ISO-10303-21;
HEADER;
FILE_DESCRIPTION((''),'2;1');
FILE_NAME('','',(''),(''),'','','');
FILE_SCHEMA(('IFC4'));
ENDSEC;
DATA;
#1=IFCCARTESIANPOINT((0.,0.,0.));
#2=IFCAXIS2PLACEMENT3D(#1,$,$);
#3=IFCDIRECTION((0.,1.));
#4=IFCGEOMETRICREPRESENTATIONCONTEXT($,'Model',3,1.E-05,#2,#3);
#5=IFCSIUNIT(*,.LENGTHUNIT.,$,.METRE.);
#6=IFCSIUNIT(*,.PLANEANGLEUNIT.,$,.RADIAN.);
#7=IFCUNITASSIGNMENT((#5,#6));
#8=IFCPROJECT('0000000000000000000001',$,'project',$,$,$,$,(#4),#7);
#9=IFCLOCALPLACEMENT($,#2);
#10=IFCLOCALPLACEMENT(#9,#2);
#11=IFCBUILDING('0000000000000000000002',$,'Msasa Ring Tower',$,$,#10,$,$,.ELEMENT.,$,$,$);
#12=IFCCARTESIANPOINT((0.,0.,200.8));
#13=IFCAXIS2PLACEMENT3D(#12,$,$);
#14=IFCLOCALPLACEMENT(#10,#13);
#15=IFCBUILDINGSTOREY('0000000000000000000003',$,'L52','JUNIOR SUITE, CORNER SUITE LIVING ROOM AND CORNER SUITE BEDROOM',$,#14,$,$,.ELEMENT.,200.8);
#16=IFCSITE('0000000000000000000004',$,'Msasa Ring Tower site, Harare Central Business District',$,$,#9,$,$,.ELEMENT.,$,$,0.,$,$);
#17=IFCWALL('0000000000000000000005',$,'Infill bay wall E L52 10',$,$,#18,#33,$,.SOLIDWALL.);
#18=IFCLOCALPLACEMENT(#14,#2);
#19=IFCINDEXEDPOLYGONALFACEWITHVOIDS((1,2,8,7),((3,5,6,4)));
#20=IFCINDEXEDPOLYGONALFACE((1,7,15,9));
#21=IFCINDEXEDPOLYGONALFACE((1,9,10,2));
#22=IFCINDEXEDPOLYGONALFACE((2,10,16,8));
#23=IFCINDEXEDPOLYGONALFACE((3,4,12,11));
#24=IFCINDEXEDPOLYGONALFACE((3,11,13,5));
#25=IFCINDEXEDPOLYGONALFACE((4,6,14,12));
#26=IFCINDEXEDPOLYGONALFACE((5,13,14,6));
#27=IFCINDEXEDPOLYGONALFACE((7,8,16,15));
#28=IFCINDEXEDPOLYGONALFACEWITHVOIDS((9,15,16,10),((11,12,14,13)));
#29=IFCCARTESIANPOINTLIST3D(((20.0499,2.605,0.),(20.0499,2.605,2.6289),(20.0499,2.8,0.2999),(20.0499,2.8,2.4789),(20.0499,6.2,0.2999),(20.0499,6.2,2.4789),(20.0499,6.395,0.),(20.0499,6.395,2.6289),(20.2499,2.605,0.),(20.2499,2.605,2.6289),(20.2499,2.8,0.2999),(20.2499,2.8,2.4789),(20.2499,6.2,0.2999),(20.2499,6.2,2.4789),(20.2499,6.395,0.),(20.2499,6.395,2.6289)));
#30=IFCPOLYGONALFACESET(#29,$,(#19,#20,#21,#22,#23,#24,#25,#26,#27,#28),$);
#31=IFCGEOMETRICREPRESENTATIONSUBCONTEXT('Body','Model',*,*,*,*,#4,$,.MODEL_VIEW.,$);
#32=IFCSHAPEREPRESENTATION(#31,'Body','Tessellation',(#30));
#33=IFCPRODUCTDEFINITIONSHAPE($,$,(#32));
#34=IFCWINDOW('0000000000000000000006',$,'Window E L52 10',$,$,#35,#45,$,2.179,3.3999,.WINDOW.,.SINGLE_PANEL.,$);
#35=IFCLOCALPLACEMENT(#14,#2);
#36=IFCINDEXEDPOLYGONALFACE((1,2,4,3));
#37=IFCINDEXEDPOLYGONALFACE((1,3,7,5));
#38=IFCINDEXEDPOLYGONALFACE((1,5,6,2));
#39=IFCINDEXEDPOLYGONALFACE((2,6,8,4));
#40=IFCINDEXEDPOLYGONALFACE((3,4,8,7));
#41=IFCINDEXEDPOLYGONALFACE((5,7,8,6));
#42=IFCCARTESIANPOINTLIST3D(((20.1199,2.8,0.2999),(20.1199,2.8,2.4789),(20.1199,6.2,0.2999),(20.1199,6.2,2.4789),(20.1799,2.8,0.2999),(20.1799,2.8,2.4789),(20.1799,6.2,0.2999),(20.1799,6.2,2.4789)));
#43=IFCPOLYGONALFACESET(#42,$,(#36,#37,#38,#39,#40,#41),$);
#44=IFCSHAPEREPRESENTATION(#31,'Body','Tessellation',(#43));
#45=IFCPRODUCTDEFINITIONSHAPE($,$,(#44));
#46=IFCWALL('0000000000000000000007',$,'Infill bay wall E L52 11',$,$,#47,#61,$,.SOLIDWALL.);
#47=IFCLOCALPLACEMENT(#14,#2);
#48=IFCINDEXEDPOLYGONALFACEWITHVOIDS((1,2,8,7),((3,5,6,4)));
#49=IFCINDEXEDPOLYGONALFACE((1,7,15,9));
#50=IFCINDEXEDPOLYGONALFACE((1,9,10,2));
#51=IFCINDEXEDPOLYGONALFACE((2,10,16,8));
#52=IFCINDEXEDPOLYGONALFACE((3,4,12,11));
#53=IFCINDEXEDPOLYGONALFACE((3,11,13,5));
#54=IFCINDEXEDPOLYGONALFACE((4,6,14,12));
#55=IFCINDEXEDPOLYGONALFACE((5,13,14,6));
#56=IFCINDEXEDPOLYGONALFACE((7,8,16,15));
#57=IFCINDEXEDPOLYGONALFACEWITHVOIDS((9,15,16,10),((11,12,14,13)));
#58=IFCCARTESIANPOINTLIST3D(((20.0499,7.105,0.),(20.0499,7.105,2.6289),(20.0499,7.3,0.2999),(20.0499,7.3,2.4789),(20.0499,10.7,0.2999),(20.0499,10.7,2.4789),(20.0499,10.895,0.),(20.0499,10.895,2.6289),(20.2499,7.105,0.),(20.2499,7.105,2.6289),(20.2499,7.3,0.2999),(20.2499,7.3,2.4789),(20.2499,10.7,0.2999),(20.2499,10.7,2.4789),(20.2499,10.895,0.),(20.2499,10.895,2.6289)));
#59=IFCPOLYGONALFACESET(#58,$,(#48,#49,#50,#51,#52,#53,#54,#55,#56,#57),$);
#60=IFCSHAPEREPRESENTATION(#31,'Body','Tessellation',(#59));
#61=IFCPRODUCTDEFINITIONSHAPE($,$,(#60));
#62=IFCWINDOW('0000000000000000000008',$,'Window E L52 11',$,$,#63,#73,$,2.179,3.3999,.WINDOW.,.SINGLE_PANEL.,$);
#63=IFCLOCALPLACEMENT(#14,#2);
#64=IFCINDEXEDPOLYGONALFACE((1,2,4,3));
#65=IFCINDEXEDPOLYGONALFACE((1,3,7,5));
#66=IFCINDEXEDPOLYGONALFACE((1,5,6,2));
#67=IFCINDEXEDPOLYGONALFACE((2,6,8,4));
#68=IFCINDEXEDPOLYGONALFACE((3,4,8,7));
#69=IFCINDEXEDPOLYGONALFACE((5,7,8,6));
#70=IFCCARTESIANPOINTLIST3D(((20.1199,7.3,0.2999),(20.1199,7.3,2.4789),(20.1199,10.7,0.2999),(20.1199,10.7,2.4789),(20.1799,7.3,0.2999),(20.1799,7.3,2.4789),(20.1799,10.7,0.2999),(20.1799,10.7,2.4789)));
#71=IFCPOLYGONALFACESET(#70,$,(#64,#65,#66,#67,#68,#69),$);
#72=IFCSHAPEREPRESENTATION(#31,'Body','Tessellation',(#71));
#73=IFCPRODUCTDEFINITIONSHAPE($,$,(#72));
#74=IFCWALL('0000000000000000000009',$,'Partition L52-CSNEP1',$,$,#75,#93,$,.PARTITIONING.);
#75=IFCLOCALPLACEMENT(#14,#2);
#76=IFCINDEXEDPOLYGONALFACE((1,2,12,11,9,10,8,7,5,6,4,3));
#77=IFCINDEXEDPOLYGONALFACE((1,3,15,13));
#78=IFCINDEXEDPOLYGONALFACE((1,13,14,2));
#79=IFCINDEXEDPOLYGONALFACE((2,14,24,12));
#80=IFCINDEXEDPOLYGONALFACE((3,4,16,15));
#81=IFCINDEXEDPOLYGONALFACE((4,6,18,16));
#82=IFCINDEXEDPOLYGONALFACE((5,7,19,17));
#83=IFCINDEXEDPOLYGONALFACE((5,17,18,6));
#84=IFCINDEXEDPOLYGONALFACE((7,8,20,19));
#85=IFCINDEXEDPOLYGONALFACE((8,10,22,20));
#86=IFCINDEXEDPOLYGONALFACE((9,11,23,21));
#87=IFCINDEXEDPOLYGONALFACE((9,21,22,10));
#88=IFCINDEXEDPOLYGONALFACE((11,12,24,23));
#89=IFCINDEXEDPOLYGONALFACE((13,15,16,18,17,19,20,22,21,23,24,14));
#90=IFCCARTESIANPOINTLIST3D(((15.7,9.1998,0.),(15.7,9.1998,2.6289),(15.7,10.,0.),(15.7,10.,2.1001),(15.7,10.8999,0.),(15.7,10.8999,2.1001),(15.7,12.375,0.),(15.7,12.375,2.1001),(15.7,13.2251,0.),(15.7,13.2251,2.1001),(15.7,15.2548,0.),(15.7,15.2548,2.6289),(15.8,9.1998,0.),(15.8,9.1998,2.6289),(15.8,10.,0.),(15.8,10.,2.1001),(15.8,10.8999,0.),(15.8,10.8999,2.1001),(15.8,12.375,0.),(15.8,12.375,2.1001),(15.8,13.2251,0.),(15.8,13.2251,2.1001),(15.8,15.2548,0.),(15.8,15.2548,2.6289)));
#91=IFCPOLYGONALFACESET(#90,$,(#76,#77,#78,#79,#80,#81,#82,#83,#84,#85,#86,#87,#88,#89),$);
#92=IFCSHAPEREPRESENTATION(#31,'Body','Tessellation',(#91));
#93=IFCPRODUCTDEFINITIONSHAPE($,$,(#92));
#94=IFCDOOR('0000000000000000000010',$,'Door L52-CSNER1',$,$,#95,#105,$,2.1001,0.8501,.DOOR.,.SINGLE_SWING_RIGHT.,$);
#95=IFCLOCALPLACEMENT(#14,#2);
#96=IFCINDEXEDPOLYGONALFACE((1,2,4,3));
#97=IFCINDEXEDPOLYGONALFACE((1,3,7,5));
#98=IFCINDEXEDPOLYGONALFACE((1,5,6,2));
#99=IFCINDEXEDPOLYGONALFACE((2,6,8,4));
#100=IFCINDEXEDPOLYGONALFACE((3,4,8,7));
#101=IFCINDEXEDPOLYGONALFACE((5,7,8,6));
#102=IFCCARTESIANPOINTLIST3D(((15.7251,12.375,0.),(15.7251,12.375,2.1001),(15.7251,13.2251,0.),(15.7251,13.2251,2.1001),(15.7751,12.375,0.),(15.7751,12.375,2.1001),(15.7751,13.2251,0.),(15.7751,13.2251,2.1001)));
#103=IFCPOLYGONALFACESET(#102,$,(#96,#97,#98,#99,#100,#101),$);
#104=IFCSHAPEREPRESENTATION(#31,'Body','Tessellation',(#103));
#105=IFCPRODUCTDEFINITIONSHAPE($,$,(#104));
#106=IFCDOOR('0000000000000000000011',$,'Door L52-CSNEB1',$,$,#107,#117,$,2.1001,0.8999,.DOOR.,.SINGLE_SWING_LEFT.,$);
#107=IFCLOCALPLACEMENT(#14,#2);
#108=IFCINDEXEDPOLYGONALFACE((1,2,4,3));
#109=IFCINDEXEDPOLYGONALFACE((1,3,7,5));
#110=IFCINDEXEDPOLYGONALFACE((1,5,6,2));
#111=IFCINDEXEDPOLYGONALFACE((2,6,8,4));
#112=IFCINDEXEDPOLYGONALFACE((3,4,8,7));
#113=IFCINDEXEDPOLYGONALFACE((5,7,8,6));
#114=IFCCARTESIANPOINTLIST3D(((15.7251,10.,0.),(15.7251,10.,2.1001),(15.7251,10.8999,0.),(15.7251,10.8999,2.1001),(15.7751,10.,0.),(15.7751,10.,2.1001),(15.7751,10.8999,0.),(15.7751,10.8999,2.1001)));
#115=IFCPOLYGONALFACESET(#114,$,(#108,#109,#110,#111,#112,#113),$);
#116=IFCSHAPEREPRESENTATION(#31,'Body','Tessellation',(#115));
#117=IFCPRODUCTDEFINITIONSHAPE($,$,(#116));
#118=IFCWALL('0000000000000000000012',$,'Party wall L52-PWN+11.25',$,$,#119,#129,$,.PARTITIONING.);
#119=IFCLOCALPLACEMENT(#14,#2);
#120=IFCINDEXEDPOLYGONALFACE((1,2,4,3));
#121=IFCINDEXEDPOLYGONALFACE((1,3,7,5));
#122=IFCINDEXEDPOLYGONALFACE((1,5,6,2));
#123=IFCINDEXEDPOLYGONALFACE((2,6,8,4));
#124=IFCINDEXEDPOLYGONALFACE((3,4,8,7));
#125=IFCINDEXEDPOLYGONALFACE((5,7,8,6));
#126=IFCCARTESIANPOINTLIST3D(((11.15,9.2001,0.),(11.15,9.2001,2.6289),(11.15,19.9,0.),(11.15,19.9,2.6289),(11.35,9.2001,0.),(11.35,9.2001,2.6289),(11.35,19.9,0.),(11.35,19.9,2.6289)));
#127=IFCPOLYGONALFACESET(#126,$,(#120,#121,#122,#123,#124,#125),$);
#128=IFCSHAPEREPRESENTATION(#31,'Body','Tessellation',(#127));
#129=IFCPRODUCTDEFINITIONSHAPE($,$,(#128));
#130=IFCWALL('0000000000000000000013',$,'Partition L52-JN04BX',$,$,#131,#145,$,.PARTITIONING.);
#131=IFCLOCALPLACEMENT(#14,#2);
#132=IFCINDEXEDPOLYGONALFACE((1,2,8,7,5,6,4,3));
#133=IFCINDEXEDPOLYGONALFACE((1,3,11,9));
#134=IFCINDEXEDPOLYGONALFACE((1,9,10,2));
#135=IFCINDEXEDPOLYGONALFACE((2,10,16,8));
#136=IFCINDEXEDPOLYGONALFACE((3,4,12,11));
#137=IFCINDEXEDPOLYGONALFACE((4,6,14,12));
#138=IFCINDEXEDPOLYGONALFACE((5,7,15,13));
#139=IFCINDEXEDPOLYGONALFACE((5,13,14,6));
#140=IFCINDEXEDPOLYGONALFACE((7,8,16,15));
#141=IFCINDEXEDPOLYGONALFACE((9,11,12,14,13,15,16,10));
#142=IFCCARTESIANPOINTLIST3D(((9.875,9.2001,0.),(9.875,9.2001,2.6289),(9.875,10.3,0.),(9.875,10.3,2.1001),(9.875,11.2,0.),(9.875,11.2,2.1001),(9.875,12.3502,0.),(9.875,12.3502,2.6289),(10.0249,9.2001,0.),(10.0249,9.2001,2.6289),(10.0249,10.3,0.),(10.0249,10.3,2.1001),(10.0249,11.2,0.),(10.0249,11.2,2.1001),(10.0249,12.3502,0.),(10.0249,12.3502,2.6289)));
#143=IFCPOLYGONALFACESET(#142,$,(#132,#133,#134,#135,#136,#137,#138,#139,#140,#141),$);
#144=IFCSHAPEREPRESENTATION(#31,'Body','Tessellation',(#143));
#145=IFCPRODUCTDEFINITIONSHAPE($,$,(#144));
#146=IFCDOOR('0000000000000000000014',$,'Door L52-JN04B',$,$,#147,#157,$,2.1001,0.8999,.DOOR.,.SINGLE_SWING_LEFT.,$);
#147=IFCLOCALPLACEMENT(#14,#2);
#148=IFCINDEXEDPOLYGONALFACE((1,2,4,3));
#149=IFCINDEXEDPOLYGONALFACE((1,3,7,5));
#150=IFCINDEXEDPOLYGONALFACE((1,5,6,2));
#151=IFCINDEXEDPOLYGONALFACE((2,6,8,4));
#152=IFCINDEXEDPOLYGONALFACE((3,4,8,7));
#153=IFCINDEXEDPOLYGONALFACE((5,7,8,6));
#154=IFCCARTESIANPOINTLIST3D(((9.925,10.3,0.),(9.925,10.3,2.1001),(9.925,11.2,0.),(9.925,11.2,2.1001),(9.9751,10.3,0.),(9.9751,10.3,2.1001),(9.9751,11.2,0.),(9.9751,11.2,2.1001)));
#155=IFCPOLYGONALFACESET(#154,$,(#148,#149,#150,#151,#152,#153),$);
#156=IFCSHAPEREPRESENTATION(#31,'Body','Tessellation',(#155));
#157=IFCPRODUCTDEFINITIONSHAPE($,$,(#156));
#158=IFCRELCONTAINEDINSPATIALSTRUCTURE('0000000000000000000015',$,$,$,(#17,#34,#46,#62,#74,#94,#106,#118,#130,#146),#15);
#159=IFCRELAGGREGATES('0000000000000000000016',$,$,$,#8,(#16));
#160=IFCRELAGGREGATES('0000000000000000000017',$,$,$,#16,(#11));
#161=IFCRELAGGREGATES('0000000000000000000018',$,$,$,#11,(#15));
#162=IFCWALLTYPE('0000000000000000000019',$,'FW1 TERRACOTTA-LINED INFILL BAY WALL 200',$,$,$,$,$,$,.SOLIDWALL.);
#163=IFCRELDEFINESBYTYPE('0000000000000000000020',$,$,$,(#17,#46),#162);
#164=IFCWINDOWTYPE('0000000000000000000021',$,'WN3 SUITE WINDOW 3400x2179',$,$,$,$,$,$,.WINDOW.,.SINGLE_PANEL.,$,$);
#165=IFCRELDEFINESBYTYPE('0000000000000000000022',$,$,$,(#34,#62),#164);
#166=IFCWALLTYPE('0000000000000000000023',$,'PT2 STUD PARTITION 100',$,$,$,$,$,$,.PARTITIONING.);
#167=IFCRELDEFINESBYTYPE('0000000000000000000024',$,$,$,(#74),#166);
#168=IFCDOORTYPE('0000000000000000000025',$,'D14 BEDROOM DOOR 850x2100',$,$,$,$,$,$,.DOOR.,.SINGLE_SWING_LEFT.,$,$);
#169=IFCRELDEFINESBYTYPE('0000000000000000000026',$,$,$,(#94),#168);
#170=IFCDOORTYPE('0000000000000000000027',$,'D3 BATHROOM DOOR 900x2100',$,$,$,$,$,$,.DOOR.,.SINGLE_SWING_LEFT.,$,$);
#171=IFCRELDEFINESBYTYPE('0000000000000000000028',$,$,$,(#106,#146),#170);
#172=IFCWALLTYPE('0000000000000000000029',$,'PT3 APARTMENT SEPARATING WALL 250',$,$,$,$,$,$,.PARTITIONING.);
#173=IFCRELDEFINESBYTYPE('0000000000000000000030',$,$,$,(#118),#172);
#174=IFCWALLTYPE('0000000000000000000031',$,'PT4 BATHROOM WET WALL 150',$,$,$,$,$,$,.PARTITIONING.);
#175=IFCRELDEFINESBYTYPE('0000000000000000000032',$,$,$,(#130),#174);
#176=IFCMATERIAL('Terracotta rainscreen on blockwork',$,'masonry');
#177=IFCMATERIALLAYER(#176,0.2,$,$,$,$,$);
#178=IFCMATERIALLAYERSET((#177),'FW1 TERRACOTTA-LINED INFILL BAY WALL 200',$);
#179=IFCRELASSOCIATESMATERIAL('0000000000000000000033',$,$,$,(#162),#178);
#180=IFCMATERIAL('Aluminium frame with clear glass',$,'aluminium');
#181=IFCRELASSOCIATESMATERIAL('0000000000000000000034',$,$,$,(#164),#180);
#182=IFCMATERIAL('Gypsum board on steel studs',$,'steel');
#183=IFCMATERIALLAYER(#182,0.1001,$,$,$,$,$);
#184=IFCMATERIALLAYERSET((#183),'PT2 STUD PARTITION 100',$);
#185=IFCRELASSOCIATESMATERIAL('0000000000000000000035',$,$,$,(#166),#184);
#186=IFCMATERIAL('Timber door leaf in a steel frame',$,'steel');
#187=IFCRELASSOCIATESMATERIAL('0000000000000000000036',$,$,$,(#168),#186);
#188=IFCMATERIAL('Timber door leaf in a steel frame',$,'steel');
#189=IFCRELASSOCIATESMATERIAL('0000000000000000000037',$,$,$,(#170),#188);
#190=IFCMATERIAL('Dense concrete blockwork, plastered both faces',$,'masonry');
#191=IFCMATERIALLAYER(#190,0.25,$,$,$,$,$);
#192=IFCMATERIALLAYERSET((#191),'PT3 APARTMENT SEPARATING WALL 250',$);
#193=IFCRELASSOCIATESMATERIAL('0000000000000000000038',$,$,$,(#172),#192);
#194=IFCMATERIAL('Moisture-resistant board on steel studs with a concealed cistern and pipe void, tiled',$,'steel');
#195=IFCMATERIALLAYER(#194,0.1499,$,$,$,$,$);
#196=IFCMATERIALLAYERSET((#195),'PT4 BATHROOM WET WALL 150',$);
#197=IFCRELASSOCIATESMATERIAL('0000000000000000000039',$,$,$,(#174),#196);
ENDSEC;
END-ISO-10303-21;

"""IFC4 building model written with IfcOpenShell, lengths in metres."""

from ifc_helpers import new_model, si_unit, direction, frame, frame_2d, origin, place, context, subcontext, project, spatial, rectangle, extrude, material, layer, layer_set, type_object, element, fill, save


model = new_model("IFC4")

# Units and contexts
model_context = context("Model", 3, precision=1e-05, world=origin(), true_north=direction((0.0, 1.0)))
body_context = subcontext(model_context, "Body", "Model", "MODEL_VIEW")
ifc_project = project(units=[si_unit("LENGTHUNIT", "METRE"), si_unit("PLANEANGLEUNIT", "RADIAN")], contexts=[model_context])

# Site, building, storey
site_placement = place(None, origin())
site = spatial("IfcSite", under=ifc_project, at=site_placement, Name="Msasa Ring Tower site, Harare Central Business District", CompositionType="ELEMENT", RefElevation=0.0)
building_placement = place(site_placement, origin())
building = spatial("IfcBuilding", under=site, at=building_placement, Name="Msasa Ring Tower", CompositionType="ELEMENT")
storey_placement = place(building_placement, frame((0.0, 0.0, 200.8)))
storey = spatial("IfcBuildingStorey", under=building, at=storey_placement, Name="L52", Description="JUNIOR SUITE, CORNER SUITE LIVING ROOM AND CORNER SUITE BEDROOM", CompositionType="ELEMENT", Elevation=200.8)

# Walls, openings, windows
ifc_material_1 = material(Name="Terracotta rainscreen on blockwork", Category="masonry")
ifc_layer_1 = layer(ifc_material_1, 0.2)
ifc_layer_set_1 = layer_set([ifc_layer_1], Name="FW1 TERRACOTTA-LINED INFILL BAY WALL 200")
wall_type_1 = type_object("IfcWallType", Name="FW1 TERRACOTTA-LINED INFILL BAY WALL 200", PredefinedType="SOLIDWALL", material=ifc_layer_set_1)
wall_1_placement = place(storey_placement, frame((20.1499, 2.605, 0.0), z_axis=(0.0, 0.0, 1.0), x_axis=(0.0, 1.0, 0.0)))
wall_1 = element("IfcWall", 1, at=wall_1_placement, inside=storey, type_object=wall_type_1, Name="Infill bay wall E L52 10", PredefinedType="SOLIDWALL", context=body_context, shape_type="SweptSolid", body=[
    extrude(rectangle(XDim=3.79, YDim=0.2, at=frame_2d((1.895, 0.0))), origin(), (0.0, 0.0, 1.0), 2.6289),
])
opening_1_placement = place(wall_1_placement, frame((0.1951, 0.0, 0.3)))
opening_1 = element("IfcOpeningElement", 2, at=opening_1_placement, cuts=wall_1, PredefinedType="OPENING", context=body_context, shape_type="SweptSolid", body=[
    extrude(rectangle(XDim=3.3999, YDim=2.179, at=frame_2d((1.7, 1.0894))), frame((0.0, 0.1099, 0.0), z_axis=(0.0, -1.0, 0.0), x_axis=(1.0, 0.0, 0.0)), (0.0, 0.0, 1.0), 0.22),
])
ifc_material_2 = material(Name="Aluminium frame with clear glass", Category="aluminium")
window_type = type_object("IfcWindowType", Name="WN3 SUITE WINDOW 3400x2179", PartitioningType="SINGLE_PANEL", PredefinedType="WINDOW", material=ifc_material_2)
window_1_placement = place(opening_1_placement, origin())
window_1 = element("IfcWindow", 3, at=window_1_placement, inside=storey, type_object=window_type, Name="Window E L52 10", OverallHeight=2.179, OverallWidth=3.3999, PartitioningType="SINGLE_PANEL", PredefinedType="WINDOW", context=body_context, shape_type="SweptSolid", body=[
    extrude(rectangle(XDim=3.3999, YDim=2.179, at=frame_2d((1.7, 1.0894))), frame((0.0, 0.03, 0.0), z_axis=(0.0, -1.0, 0.0), x_axis=(1.0, 0.0, 0.0)), (0.0, 0.0, 1.0), 0.0601),
])
fill(opening_1, window_1)
wall_2_placement = place(storey_placement, frame((20.1499, 7.105, 0.0), z_axis=(0.0, 0.0, 1.0), x_axis=(0.0, 1.0, 0.0)))
wall_2 = element("IfcWall", 4, at=wall_2_placement, inside=storey, type_object=wall_type_1, Name="Infill bay wall E L52 11", PredefinedType="SOLIDWALL", context=body_context, shape_type="SweptSolid", body=[
    extrude(rectangle(XDim=3.79, YDim=0.2, at=frame_2d((1.895, 0.0))), origin(), (0.0, 0.0, 1.0), 2.6289),
])
opening_2_placement = place(wall_2_placement, frame((0.1951, 0.0, 0.3)))
opening_2 = element("IfcOpeningElement", 5, at=opening_2_placement, cuts=wall_2, PredefinedType="OPENING", context=body_context, shape_type="SweptSolid", body=[
    extrude(rectangle(XDim=3.3999, YDim=2.179, at=frame_2d((1.7, 1.0894))), frame((0.0, 0.1099, 0.0), z_axis=(0.0, -1.0, 0.0), x_axis=(1.0, 0.0, 0.0)), (0.0, 0.0, 1.0), 0.22),
])
window_2_placement = place(opening_2_placement, origin())
window_2 = element("IfcWindow", 6, at=window_2_placement, inside=storey, type_object=window_type, Name="Window E L52 11", OverallHeight=2.179, OverallWidth=3.3999, PartitioningType="SINGLE_PANEL", PredefinedType="WINDOW", context=body_context, shape_type="SweptSolid", body=[
    extrude(rectangle(XDim=3.3999, YDim=2.179, at=frame_2d((1.7, 1.0894))), frame((0.0, 0.03, 0.0), z_axis=(0.0, -1.0, 0.0), x_axis=(1.0, 0.0, 0.0)), (0.0, 0.0, 1.0), 0.0601),
])
fill(opening_2, window_2)

# Wall, openings, doors
ifc_material_3 = material(Name="Gypsum board on steel studs", Category="steel")
ifc_layer_2 = layer(ifc_material_3, 0.1001)
ifc_layer_set_2 = layer_set([ifc_layer_2], Name="PT2 STUD PARTITION 100")
wall_type_2 = type_object("IfcWallType", Name="PT2 STUD PARTITION 100", PredefinedType="PARTITIONING", material=ifc_layer_set_2)
wall_3_placement = place(storey_placement, frame((15.75, 9.2, 0.0), z_axis=(0.0, 0.0, 1.0), x_axis=(0.0, 1.0, 0.0)))
wall_3 = element("IfcWall", 7, at=wall_3_placement, inside=storey, type_object=wall_type_2, Name="Partition L52-CSNEP1", PredefinedType="PARTITIONING", context=body_context, shape_type="SweptSolid", body=[
    extrude(rectangle(XDim=6.0549, YDim=0.1001, at=frame_2d((3.0273, 0.0))), origin(), (0.0, 0.0, 1.0), 2.6289),
])
opening_3_placement = place(wall_3_placement, frame((3.175, 0.0, 0.0)))
opening_3 = element("IfcOpeningElement", 8, at=opening_3_placement, cuts=wall_3, PredefinedType="OPENING", context=body_context, shape_type="SweptSolid", body=[
    extrude(rectangle(XDim=0.8501, YDim=2.1001, at=frame_2d((0.425, 1.05))), frame((0.0, 0.0601, 0.0), z_axis=(0.0, -1.0, 0.0), x_axis=(1.0, 0.0, 0.0)), (0.0, 0.0, 1.0), 0.1201),
])
opening_4_placement = place(wall_3_placement, frame((0.8, 0.0, 0.0)))
opening_4 = element("IfcOpeningElement", 9, at=opening_4_placement, cuts=wall_3, PredefinedType="OPENING", context=body_context, shape_type="SweptSolid", body=[
    extrude(rectangle(XDim=0.8999, YDim=2.1001, at=frame_2d((0.45, 1.05))), frame((0.0, 0.0601, 0.0), z_axis=(0.0, -1.0, 0.0), x_axis=(1.0, 0.0, 0.0)), (0.0, 0.0, 1.0), 0.1201),
])
ifc_material_4 = material(Name="Timber door leaf in a steel frame", Category="steel")
door_type_1 = type_object("IfcDoorType", Name="D14 BEDROOM DOOR 850x2100", OperationType="SINGLE_SWING_LEFT", PredefinedType="DOOR", material=ifc_material_4)
door_1_placement = place(opening_3_placement, origin())
door_1 = element("IfcDoor", 10, at=door_1_placement, inside=storey, type_object=door_type_1, Name="Door L52-CSNER1", OperationType="SINGLE_SWING_RIGHT", OverallHeight=2.1001, OverallWidth=0.8501, PredefinedType="DOOR", context=body_context, shape_type="SweptSolid", body=[
    extrude(rectangle(XDim=0.8501, YDim=2.1001, at=frame_2d((0.425, 1.05))), frame((0.0, 0.0249, 0.0), z_axis=(0.0, -1.0, 0.0), x_axis=(1.0, 0.0, 0.0)), (0.0, 0.0, 1.0), 0.05),
])
fill(opening_3, door_1)
ifc_material_5 = material(Name="Timber door leaf in a steel frame", Category="steel")
door_type_2 = type_object("IfcDoorType", Name="D3 BATHROOM DOOR 900x2100", OperationType="SINGLE_SWING_LEFT", PredefinedType="DOOR", material=ifc_material_5)
door_2_placement = place(opening_4_placement, origin())
door_2 = element("IfcDoor", 11, at=door_2_placement, inside=storey, type_object=door_type_2, Name="Door L52-CSNEB1", OperationType="SINGLE_SWING_LEFT", OverallHeight=2.1001, OverallWidth=0.8999, PredefinedType="DOOR", context=body_context, shape_type="SweptSolid", body=[
    extrude(rectangle(XDim=0.8999, YDim=2.1001, at=frame_2d((0.45, 1.05))), frame((0.0, 0.0249, 0.0), z_axis=(0.0, -1.0, 0.0), x_axis=(1.0, 0.0, 0.0)), (0.0, 0.0, 1.0), 0.05),
])
fill(opening_4, door_2)

# Wall
ifc_material_6 = material(Name="Dense concrete blockwork, plastered both faces", Category="masonry")
ifc_layer_3 = layer(ifc_material_6, 0.25)
ifc_layer_set_3 = layer_set([ifc_layer_3], Name="PT3 APARTMENT SEPARATING WALL 250")
wall_type_3 = type_object("IfcWallType", Name="PT3 APARTMENT SEPARATING WALL 250", PredefinedType="PARTITIONING", material=ifc_layer_set_3)
wall_4_placement = place(storey_placement, frame((11.25, 9.2, 0.0), z_axis=(0.0, 0.0, 1.0), x_axis=(0.0, 1.0, 0.0)))
element("IfcWall", 12, at=wall_4_placement, inside=storey, type_object=wall_type_3, Name="Party wall L52-PWN+11.25", PredefinedType="PARTITIONING", context=body_context, shape_type="SweptSolid", body=[
    extrude(rectangle(XDim=10.7, YDim=0.2, at=frame_2d((5.3501, 0.0))), origin(), (0.0, 0.0, 1.0), 2.6289),
])

# Wall, opening, door
ifc_material_7 = material(Name="Moisture-resistant board on steel studs with a concealed cistern and pipe void, tiled", Category="steel")
ifc_layer_4 = layer(ifc_material_7, 0.1499)
ifc_layer_set_4 = layer_set([ifc_layer_4], Name="PT4 BATHROOM WET WALL 150")
wall_type_4 = type_object("IfcWallType", Name="PT4 BATHROOM WET WALL 150", PredefinedType="PARTITIONING", material=ifc_layer_set_4)
wall_5_placement = place(storey_placement, frame((9.95, 9.2, 0.0), z_axis=(0.0, 0.0, 1.0), x_axis=(0.0, 1.0, 0.0)))
wall_5 = element("IfcWall", 13, at=wall_5_placement, inside=storey, type_object=wall_type_4, Name="Partition L52-JN04BX", PredefinedType="PARTITIONING", context=body_context, shape_type="SweptSolid", body=[
    extrude(rectangle(XDim=3.1501, YDim=0.1499, at=frame_2d((1.5752, 0.0))), origin(), (0.0, 0.0, 1.0), 2.6289),
])
opening_5_placement = place(wall_5_placement, frame((1.1001, 0.0, 0.0)))
opening_5 = element("IfcOpeningElement", 14, at=opening_5_placement, cuts=wall_5, PredefinedType="OPENING", context=body_context, shape_type="SweptSolid", body=[
    extrude(rectangle(XDim=0.8999, YDim=2.1001, at=frame_2d((0.45, 1.05))), frame((0.0, 0.085, 0.0), z_axis=(0.0, -1.0, 0.0), x_axis=(1.0, 0.0, 0.0)), (0.0, 0.0, 1.0), 0.1699),
])
door_3_placement = place(opening_5_placement, origin())
door_3 = element("IfcDoor", 15, at=door_3_placement, inside=storey, type_object=door_type_2, Name="Door L52-JN04B", OperationType="SINGLE_SWING_LEFT", OverallHeight=2.1001, OverallWidth=0.8999, PredefinedType="DOOR", context=body_context, shape_type="SweptSolid", body=[
    extrude(rectangle(XDim=0.8999, YDim=2.1001, at=frame_2d((0.45, 1.05))), frame((0.0, 0.0249, 0.0), z_axis=(0.0, -1.0, 0.0), x_axis=(1.0, 0.0, 0.0)), (0.0, 0.0, 1.0), 0.05),
])
fill(opening_5, door_3)

save(model, "model.ifc")
